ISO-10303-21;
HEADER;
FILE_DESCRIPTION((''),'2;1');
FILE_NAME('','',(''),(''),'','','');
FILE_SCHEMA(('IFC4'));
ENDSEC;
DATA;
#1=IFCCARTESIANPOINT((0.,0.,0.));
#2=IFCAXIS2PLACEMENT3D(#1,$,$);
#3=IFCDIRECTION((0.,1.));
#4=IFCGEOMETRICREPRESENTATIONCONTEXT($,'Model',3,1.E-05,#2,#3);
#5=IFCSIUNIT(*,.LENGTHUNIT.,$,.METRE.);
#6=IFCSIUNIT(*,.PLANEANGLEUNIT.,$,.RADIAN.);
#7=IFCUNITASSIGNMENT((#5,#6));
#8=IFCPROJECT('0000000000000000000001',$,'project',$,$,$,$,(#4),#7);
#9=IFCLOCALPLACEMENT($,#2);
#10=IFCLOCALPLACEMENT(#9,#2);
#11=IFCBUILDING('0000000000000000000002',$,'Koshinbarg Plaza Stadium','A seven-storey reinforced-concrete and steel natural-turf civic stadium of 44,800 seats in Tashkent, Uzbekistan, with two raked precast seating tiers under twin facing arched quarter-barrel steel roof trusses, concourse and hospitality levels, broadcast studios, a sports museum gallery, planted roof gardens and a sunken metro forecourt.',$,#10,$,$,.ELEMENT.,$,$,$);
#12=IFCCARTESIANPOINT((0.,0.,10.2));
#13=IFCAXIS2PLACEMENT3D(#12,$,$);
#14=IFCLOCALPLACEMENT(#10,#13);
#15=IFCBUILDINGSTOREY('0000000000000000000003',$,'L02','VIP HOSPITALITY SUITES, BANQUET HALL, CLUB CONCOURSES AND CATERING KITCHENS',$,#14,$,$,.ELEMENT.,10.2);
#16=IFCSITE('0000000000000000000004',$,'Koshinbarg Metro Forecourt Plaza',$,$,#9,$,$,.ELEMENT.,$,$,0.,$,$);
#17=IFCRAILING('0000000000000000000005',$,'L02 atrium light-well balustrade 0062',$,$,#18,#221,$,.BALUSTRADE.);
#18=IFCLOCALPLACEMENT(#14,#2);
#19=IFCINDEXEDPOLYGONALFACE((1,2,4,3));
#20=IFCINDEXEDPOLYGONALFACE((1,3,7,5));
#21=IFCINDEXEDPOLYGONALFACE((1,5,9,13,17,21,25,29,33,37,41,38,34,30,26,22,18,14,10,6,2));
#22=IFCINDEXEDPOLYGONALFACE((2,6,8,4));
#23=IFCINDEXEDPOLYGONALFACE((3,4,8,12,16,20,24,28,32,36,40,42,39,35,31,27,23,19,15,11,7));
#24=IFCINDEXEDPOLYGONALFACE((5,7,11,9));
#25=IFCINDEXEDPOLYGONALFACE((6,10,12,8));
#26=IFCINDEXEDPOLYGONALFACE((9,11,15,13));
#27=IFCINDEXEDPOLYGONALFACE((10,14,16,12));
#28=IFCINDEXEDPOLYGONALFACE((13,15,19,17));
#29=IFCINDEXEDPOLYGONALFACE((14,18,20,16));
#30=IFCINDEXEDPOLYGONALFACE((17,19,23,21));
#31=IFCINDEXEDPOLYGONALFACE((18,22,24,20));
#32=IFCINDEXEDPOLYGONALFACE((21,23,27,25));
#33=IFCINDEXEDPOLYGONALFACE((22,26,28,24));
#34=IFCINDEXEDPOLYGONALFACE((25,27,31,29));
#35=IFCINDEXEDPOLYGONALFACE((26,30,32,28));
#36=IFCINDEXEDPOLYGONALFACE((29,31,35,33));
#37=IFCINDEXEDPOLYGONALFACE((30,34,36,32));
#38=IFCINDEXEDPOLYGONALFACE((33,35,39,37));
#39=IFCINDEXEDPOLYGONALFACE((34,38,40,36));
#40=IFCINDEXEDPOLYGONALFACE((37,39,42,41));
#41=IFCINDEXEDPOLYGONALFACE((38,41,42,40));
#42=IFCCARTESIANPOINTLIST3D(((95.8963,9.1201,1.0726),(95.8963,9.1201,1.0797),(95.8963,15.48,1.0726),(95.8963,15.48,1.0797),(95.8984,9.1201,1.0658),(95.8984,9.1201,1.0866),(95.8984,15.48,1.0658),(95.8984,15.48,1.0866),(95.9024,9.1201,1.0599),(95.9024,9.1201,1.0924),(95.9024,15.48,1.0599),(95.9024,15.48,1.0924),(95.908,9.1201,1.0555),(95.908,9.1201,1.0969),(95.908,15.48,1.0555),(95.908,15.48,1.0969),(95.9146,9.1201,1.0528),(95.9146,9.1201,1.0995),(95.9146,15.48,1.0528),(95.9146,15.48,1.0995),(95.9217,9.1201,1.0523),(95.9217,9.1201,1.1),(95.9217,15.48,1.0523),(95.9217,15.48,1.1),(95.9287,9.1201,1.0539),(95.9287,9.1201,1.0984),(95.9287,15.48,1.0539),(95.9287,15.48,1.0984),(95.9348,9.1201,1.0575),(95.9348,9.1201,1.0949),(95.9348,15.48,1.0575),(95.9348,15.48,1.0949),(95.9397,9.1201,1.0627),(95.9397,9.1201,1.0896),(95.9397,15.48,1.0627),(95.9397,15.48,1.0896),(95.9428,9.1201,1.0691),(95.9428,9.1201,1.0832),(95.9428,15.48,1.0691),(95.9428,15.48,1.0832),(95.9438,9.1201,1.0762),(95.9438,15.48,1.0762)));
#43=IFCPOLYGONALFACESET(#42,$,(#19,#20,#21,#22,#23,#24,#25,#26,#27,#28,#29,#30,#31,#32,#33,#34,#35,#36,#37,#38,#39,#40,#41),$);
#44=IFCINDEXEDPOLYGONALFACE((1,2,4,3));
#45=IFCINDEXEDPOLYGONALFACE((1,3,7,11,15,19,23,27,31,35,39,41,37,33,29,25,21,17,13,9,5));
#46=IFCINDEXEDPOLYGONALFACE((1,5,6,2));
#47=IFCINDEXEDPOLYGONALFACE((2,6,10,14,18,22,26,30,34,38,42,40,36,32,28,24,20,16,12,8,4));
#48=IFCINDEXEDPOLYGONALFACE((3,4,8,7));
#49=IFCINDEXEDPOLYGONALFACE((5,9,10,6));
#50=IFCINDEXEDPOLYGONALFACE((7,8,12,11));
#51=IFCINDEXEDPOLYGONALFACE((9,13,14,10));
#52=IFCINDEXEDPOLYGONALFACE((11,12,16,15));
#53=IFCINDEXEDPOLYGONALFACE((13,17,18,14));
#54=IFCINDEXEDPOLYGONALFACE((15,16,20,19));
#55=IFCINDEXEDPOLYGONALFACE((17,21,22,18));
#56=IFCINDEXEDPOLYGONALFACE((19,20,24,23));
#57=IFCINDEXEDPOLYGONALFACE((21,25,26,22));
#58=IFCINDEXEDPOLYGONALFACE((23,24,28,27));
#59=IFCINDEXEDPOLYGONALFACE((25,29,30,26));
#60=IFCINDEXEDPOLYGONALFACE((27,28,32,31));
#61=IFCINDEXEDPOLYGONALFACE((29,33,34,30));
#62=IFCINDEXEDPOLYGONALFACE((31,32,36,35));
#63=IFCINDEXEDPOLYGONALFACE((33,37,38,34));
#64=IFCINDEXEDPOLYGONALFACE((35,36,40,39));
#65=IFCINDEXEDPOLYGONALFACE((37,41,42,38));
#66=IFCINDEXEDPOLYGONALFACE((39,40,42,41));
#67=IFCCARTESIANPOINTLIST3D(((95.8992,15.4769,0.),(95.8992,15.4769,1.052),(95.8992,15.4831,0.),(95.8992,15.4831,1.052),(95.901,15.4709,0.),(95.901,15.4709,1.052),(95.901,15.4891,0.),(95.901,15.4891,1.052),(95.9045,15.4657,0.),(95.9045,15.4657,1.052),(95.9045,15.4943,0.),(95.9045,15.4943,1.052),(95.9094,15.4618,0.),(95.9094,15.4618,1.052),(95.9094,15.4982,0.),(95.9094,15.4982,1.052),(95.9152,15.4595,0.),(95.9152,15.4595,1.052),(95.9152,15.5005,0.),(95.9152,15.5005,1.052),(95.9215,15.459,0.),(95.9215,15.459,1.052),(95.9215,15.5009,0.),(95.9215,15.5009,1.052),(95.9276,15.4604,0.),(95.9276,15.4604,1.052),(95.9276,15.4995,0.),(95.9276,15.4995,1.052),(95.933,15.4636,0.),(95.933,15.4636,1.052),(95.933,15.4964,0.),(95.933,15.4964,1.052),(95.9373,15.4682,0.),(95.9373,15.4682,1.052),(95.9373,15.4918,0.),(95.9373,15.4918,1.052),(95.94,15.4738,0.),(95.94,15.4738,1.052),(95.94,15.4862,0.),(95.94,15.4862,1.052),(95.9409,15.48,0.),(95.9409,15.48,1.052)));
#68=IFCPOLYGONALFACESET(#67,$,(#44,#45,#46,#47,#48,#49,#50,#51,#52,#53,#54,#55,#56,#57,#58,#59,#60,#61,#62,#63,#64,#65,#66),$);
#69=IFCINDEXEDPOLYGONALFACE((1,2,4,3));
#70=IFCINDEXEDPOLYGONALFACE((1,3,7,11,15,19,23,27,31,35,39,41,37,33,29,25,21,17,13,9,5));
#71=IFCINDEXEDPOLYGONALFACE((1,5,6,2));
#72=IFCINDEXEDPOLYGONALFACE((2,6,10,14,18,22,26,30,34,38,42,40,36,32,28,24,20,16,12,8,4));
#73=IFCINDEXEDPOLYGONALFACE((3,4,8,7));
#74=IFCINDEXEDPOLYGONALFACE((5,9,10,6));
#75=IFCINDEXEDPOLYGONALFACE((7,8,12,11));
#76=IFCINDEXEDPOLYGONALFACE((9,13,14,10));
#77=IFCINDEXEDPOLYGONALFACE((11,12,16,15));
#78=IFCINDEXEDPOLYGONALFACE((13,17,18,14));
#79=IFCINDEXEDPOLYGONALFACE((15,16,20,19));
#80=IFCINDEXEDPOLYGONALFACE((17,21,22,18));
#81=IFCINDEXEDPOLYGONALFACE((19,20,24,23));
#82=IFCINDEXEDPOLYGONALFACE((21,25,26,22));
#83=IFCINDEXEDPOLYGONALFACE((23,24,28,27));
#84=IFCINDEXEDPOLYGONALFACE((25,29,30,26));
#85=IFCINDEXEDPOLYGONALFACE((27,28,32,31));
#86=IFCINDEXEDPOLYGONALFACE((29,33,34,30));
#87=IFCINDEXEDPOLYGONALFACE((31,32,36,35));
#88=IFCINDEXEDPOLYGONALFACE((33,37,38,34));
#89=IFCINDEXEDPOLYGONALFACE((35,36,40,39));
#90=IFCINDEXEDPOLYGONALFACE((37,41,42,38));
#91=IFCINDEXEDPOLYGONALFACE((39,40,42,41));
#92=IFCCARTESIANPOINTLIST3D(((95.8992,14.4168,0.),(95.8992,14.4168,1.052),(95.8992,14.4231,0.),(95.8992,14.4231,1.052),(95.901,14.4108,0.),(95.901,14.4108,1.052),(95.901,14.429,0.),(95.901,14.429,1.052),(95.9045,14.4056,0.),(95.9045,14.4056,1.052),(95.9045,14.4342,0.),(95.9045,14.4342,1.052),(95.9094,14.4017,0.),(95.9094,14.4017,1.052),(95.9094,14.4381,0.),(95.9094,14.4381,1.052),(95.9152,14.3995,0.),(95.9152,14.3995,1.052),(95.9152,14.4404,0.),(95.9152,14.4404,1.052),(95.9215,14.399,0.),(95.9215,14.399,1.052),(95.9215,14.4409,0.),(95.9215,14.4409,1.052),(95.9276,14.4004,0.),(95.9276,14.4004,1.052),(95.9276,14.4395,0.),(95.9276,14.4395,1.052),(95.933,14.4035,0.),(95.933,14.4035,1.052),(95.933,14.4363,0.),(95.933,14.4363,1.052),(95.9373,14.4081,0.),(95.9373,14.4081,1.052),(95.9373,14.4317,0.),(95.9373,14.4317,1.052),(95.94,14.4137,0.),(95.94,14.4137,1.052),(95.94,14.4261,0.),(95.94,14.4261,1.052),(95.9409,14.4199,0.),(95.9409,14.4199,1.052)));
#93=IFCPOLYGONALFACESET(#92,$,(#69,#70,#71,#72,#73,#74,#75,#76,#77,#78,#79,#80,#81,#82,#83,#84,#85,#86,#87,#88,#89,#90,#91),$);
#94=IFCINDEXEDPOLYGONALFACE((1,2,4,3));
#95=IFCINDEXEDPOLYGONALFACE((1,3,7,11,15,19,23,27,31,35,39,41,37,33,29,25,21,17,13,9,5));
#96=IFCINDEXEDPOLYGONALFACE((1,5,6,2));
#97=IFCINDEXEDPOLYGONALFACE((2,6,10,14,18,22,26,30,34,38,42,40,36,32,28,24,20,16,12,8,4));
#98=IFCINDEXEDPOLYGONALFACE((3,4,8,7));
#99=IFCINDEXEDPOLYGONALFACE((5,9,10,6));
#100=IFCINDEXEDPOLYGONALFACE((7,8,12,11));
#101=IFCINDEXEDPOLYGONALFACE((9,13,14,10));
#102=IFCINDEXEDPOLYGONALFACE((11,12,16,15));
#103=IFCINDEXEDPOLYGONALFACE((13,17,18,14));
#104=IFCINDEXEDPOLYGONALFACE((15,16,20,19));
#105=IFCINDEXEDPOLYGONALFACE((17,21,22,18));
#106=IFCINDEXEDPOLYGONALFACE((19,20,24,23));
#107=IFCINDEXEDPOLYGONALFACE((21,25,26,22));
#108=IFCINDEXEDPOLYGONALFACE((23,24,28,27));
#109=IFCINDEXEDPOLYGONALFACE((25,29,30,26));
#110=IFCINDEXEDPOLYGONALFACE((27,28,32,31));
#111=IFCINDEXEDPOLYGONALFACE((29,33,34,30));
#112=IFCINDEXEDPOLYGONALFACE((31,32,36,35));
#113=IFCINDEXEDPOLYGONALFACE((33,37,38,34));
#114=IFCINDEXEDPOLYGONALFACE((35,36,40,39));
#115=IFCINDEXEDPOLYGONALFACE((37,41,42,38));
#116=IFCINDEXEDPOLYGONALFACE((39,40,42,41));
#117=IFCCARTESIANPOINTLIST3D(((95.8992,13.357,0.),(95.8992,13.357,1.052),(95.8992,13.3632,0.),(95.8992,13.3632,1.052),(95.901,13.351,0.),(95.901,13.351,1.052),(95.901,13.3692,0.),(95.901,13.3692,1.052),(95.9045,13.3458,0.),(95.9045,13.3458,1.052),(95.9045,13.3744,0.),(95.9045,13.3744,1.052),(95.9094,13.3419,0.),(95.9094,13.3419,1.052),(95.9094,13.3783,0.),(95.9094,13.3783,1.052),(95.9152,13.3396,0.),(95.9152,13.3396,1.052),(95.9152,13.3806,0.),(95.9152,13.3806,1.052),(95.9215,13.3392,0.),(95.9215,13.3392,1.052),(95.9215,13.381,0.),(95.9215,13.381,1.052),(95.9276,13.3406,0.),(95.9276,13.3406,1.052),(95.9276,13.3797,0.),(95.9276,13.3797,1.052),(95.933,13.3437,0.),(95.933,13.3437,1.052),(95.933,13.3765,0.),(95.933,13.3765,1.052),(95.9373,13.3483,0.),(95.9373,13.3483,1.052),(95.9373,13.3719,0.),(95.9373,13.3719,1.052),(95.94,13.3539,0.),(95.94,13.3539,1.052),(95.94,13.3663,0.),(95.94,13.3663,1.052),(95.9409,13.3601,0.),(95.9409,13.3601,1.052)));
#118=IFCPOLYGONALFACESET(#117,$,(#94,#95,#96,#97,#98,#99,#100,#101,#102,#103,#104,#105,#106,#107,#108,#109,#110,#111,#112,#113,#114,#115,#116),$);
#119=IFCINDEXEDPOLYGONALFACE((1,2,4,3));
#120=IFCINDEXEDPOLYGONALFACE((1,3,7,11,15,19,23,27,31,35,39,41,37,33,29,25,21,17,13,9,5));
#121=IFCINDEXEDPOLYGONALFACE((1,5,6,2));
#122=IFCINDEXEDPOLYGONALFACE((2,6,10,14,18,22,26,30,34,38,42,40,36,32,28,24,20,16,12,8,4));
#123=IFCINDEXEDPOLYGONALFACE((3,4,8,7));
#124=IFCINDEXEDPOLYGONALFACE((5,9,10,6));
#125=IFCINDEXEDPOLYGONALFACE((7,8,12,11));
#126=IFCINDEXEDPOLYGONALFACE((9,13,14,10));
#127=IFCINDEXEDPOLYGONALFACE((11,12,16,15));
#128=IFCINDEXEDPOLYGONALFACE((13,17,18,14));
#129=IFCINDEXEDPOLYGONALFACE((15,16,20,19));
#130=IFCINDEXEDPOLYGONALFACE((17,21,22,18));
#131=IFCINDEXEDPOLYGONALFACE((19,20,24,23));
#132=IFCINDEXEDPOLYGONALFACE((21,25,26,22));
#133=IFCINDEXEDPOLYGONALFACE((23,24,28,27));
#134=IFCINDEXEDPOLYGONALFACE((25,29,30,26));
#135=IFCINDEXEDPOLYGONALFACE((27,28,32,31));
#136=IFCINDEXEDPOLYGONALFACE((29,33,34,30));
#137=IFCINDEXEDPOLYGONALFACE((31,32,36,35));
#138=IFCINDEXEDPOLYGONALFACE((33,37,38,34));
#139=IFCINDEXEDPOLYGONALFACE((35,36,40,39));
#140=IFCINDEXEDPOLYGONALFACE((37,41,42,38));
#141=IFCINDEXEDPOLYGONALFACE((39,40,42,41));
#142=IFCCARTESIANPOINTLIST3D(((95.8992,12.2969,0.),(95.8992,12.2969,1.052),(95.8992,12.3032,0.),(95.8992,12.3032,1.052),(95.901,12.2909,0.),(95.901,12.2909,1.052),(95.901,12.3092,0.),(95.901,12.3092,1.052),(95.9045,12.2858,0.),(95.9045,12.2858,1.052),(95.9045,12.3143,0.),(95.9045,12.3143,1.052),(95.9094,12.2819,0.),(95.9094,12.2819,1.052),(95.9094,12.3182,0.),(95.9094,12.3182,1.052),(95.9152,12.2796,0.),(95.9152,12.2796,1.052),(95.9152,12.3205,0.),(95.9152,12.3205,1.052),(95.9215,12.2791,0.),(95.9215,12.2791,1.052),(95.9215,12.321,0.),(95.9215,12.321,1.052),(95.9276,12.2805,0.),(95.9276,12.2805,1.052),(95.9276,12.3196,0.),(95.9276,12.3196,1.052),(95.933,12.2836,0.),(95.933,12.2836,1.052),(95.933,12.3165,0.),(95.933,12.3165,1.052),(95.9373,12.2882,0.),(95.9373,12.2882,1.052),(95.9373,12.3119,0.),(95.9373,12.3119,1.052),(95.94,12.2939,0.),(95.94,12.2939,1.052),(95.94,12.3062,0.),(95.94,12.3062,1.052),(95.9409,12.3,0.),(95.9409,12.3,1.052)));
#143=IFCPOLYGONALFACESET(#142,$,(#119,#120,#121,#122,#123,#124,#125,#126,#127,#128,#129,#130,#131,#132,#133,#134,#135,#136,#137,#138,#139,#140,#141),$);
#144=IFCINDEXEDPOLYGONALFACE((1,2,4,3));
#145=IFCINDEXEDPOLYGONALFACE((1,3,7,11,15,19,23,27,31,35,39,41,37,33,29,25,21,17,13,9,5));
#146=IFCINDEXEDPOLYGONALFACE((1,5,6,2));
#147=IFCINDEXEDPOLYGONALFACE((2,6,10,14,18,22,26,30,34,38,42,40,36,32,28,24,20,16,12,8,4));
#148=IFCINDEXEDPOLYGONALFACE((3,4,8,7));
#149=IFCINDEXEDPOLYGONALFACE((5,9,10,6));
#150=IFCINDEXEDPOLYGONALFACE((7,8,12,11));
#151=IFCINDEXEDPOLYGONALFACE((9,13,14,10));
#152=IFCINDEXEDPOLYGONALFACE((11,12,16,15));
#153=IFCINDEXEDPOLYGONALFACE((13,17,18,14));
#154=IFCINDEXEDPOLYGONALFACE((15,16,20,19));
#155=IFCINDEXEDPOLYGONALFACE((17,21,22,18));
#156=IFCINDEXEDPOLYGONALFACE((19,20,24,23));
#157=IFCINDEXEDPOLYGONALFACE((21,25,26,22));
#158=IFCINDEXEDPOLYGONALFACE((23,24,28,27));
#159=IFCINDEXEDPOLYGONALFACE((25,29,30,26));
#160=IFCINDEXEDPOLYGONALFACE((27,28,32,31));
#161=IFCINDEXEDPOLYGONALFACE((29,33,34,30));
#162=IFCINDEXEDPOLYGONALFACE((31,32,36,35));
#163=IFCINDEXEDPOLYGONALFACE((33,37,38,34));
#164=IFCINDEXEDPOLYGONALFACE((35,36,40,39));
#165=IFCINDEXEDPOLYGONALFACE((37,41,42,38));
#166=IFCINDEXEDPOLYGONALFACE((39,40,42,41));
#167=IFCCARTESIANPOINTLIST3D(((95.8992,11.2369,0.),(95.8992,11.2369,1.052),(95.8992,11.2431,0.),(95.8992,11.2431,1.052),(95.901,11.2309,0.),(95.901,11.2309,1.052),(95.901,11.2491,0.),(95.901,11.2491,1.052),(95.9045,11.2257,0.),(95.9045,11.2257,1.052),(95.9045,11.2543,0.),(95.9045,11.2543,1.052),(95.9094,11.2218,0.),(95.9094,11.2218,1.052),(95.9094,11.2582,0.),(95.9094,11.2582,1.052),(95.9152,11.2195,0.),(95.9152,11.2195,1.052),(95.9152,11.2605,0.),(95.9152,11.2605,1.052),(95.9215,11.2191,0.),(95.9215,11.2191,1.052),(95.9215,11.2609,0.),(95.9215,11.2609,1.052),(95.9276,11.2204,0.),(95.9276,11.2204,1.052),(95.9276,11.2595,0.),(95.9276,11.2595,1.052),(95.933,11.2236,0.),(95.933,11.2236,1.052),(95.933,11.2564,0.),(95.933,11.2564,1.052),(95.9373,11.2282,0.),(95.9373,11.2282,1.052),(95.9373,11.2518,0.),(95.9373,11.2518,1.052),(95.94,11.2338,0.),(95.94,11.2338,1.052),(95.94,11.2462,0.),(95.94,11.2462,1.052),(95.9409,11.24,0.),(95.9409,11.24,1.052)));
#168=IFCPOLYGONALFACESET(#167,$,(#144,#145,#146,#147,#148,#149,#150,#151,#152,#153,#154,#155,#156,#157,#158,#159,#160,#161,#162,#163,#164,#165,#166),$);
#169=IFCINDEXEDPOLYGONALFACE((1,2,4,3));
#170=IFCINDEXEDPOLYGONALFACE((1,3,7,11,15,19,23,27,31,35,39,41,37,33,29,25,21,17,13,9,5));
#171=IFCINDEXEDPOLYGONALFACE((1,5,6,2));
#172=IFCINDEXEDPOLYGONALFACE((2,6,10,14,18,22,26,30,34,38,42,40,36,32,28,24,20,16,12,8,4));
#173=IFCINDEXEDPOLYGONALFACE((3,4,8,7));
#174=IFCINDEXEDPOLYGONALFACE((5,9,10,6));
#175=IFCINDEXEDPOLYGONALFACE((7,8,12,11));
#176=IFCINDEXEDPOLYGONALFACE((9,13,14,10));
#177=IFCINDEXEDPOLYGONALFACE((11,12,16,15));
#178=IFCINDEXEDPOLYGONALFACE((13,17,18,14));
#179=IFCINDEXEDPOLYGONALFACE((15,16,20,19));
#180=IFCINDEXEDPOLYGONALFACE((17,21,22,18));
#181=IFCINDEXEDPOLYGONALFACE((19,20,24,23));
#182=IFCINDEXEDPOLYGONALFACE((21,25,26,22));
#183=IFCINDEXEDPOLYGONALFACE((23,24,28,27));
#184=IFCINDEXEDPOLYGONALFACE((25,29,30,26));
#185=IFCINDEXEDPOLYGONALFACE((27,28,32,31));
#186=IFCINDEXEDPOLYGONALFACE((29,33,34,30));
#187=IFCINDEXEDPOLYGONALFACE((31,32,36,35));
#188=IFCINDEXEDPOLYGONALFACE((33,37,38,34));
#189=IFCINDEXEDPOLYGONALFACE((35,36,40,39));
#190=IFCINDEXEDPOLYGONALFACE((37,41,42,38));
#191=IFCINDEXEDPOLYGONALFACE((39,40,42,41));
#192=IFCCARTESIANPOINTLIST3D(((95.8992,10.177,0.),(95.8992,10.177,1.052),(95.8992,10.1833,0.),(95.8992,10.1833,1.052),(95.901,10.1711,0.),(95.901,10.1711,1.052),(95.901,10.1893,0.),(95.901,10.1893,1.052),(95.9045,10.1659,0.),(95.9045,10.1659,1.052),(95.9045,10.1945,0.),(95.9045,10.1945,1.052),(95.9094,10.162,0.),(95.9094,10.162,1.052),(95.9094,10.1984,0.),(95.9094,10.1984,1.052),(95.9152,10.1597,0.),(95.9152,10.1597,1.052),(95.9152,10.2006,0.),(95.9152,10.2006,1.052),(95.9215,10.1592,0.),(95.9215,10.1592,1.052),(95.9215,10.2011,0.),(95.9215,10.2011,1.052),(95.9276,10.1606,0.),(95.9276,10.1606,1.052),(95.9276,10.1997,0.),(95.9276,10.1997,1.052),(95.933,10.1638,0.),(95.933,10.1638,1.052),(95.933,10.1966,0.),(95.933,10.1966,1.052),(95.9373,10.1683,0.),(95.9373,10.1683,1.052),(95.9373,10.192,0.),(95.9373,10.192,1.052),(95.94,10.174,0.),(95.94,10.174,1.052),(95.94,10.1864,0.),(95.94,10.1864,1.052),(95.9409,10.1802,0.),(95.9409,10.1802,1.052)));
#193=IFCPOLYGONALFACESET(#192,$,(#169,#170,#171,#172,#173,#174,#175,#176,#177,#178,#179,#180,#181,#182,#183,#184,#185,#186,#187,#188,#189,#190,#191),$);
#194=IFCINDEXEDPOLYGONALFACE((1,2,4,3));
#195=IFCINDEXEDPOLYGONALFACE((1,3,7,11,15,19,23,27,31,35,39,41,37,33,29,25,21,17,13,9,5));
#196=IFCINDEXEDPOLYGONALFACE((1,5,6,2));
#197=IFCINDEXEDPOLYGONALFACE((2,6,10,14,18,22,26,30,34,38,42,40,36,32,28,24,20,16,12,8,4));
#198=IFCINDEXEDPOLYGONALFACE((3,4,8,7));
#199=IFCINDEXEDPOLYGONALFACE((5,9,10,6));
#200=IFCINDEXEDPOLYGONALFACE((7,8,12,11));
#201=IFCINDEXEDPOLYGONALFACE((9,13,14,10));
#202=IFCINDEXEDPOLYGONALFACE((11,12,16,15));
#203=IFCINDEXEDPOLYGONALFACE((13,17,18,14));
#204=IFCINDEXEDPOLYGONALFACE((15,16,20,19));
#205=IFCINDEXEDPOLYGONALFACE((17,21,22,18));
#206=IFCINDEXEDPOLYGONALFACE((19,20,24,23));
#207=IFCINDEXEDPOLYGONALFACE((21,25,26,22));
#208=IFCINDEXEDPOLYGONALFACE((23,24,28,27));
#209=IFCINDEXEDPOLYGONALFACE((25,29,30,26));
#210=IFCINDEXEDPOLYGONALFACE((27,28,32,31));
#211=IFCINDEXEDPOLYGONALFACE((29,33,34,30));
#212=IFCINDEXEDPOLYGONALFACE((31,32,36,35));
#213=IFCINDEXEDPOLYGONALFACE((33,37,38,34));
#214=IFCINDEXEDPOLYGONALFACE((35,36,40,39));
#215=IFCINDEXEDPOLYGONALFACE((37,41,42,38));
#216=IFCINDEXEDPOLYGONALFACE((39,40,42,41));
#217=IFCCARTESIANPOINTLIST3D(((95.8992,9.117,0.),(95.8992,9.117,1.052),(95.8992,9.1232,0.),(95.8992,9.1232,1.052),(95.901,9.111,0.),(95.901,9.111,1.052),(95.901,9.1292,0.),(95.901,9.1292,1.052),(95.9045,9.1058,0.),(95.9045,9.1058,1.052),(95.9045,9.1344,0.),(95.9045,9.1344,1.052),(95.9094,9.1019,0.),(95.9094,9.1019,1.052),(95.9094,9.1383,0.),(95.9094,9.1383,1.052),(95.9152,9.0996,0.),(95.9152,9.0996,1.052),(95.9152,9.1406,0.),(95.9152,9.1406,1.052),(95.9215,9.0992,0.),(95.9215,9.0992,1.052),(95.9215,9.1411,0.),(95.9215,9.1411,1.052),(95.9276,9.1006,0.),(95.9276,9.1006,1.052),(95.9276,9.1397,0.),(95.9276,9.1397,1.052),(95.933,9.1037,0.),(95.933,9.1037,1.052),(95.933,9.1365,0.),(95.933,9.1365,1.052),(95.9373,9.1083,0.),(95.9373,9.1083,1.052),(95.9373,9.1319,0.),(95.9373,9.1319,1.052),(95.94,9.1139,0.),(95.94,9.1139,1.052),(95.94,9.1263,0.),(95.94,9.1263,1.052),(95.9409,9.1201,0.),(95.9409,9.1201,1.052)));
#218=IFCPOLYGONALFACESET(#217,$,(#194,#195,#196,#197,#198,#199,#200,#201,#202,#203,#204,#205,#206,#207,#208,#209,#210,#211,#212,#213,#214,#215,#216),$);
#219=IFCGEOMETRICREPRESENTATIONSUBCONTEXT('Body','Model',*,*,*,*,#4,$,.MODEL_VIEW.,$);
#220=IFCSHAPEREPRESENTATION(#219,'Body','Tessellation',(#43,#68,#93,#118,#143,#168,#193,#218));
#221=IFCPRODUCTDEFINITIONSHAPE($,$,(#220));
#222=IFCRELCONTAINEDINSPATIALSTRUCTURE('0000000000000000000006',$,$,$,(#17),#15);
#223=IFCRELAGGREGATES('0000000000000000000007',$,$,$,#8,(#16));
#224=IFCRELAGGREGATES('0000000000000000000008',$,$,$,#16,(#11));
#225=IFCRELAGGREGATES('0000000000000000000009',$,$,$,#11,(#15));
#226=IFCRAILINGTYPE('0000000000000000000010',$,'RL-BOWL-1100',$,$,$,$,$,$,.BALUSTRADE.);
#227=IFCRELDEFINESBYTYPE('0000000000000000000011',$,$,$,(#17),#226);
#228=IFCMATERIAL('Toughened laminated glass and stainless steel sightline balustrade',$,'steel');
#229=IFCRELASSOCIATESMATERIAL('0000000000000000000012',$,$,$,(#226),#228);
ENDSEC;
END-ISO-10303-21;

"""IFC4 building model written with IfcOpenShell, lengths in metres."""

from ifc_helpers import new_model, si_unit, direction, frame, origin, origin_2d, place, context, subcontext, project, spatial, circle, extrude, material, type_object, element, save


model = new_model("IFC4")

# Units and contexts
model_context = context("Model", 3, precision=1e-05, world=origin(), true_north=direction((0.0, 1.0)))
body_context = subcontext(model_context, "Body", "Model", "MODEL_VIEW")
ifc_project = project(units=[si_unit("LENGTHUNIT", "METRE"), si_unit("PLANEANGLEUNIT", "RADIAN")], contexts=[model_context])

# Site, building, storey
site_placement = place(None, origin())
site = spatial("IfcSite", under=ifc_project, at=site_placement, Name="Koshinbarg Metro Forecourt Plaza", CompositionType="ELEMENT", RefElevation=0.0)
building_placement = place(site_placement, origin())
building = spatial("IfcBuilding", under=site, at=building_placement, Name="Koshinbarg Plaza Stadium", Description="A seven-storey reinforced-concrete and steel natural-turf civic stadium of 44,800 seats in Tashkent, Uzbekistan, with two raked precast seating tiers under twin facing arched quarter-barrel steel roof trusses, concourse and hospitality levels, broadcast studios, a sports museum gallery, planted roof gardens and a sunken metro forecourt.", CompositionType="ELEMENT")
storey_placement = place(building_placement, frame((0.0, 0.0, 10.2)))
storey = spatial("IfcBuildingStorey", under=building, at=storey_placement, Name="L02", Description="VIP HOSPITALITY SUITES, BANQUET HALL, CLUB CONCOURSES AND CATERING KITCHENS", CompositionType="ELEMENT", Elevation=10.2)

# Railing
ifc_material_1 = material(Name="Toughened laminated glass and stainless steel sightline balustrade", Category="steel")
railing_type = type_object("IfcRailingType", Name="RL-BOWL-1100", PredefinedType="BALUSTRADE", material=ifc_material_1)
railing_1_placement = place(storey_placement, frame((95.9199, 15.48, 0.0)))
element("IfcRailing", 1, at=railing_1_placement, inside=storey, type_object=railing_type, Name="L02 atrium light-well balustrade 0062", PredefinedType="BALUSTRADE", context=body_context, shape_type="SweptSolid", body=[
    extrude(circle(Radius=0.0239, at=origin_2d()), frame((0.0, 0.0, 1.0762), z_axis=(0.0, -1.0, 0.0), x_axis=(1.0, 0.0, 0.0)), (0.0, 0.0, 1.0), 6.3599),
    extrude(circle(Radius=0.021, at=origin_2d()), origin(), (0.0, 0.0, 1.0), 1.052),
    extrude(circle(Radius=0.021, at=origin_2d()), frame((0.0, -1.0601, 0.0)), (0.0, 0.0, 1.0), 1.052),
    extrude(circle(Radius=0.021, at=origin_2d()), frame((0.0, -2.1199, 0.0)), (0.0, 0.0, 1.0), 1.052),
    extrude(circle(Radius=0.021, at=origin_2d()), frame((0.0, -3.1799, 0.0)), (0.0, 0.0, 1.0), 1.052),
    extrude(circle(Radius=0.021, at=origin_2d()), frame((0.0, -4.24, 0.0)), (0.0, 0.0, 1.0), 1.052),
    extrude(circle(Radius=0.021, at=origin_2d()), frame((0.0, -5.2998, 0.0)), (0.0, 0.0, 1.0), 1.052),
    extrude(circle(Radius=0.021, at=origin_2d()), frame((0.0, -6.3599, 0.0)), (0.0, 0.0, 1.0), 1.052),
])

save(model, "model.ifc")
